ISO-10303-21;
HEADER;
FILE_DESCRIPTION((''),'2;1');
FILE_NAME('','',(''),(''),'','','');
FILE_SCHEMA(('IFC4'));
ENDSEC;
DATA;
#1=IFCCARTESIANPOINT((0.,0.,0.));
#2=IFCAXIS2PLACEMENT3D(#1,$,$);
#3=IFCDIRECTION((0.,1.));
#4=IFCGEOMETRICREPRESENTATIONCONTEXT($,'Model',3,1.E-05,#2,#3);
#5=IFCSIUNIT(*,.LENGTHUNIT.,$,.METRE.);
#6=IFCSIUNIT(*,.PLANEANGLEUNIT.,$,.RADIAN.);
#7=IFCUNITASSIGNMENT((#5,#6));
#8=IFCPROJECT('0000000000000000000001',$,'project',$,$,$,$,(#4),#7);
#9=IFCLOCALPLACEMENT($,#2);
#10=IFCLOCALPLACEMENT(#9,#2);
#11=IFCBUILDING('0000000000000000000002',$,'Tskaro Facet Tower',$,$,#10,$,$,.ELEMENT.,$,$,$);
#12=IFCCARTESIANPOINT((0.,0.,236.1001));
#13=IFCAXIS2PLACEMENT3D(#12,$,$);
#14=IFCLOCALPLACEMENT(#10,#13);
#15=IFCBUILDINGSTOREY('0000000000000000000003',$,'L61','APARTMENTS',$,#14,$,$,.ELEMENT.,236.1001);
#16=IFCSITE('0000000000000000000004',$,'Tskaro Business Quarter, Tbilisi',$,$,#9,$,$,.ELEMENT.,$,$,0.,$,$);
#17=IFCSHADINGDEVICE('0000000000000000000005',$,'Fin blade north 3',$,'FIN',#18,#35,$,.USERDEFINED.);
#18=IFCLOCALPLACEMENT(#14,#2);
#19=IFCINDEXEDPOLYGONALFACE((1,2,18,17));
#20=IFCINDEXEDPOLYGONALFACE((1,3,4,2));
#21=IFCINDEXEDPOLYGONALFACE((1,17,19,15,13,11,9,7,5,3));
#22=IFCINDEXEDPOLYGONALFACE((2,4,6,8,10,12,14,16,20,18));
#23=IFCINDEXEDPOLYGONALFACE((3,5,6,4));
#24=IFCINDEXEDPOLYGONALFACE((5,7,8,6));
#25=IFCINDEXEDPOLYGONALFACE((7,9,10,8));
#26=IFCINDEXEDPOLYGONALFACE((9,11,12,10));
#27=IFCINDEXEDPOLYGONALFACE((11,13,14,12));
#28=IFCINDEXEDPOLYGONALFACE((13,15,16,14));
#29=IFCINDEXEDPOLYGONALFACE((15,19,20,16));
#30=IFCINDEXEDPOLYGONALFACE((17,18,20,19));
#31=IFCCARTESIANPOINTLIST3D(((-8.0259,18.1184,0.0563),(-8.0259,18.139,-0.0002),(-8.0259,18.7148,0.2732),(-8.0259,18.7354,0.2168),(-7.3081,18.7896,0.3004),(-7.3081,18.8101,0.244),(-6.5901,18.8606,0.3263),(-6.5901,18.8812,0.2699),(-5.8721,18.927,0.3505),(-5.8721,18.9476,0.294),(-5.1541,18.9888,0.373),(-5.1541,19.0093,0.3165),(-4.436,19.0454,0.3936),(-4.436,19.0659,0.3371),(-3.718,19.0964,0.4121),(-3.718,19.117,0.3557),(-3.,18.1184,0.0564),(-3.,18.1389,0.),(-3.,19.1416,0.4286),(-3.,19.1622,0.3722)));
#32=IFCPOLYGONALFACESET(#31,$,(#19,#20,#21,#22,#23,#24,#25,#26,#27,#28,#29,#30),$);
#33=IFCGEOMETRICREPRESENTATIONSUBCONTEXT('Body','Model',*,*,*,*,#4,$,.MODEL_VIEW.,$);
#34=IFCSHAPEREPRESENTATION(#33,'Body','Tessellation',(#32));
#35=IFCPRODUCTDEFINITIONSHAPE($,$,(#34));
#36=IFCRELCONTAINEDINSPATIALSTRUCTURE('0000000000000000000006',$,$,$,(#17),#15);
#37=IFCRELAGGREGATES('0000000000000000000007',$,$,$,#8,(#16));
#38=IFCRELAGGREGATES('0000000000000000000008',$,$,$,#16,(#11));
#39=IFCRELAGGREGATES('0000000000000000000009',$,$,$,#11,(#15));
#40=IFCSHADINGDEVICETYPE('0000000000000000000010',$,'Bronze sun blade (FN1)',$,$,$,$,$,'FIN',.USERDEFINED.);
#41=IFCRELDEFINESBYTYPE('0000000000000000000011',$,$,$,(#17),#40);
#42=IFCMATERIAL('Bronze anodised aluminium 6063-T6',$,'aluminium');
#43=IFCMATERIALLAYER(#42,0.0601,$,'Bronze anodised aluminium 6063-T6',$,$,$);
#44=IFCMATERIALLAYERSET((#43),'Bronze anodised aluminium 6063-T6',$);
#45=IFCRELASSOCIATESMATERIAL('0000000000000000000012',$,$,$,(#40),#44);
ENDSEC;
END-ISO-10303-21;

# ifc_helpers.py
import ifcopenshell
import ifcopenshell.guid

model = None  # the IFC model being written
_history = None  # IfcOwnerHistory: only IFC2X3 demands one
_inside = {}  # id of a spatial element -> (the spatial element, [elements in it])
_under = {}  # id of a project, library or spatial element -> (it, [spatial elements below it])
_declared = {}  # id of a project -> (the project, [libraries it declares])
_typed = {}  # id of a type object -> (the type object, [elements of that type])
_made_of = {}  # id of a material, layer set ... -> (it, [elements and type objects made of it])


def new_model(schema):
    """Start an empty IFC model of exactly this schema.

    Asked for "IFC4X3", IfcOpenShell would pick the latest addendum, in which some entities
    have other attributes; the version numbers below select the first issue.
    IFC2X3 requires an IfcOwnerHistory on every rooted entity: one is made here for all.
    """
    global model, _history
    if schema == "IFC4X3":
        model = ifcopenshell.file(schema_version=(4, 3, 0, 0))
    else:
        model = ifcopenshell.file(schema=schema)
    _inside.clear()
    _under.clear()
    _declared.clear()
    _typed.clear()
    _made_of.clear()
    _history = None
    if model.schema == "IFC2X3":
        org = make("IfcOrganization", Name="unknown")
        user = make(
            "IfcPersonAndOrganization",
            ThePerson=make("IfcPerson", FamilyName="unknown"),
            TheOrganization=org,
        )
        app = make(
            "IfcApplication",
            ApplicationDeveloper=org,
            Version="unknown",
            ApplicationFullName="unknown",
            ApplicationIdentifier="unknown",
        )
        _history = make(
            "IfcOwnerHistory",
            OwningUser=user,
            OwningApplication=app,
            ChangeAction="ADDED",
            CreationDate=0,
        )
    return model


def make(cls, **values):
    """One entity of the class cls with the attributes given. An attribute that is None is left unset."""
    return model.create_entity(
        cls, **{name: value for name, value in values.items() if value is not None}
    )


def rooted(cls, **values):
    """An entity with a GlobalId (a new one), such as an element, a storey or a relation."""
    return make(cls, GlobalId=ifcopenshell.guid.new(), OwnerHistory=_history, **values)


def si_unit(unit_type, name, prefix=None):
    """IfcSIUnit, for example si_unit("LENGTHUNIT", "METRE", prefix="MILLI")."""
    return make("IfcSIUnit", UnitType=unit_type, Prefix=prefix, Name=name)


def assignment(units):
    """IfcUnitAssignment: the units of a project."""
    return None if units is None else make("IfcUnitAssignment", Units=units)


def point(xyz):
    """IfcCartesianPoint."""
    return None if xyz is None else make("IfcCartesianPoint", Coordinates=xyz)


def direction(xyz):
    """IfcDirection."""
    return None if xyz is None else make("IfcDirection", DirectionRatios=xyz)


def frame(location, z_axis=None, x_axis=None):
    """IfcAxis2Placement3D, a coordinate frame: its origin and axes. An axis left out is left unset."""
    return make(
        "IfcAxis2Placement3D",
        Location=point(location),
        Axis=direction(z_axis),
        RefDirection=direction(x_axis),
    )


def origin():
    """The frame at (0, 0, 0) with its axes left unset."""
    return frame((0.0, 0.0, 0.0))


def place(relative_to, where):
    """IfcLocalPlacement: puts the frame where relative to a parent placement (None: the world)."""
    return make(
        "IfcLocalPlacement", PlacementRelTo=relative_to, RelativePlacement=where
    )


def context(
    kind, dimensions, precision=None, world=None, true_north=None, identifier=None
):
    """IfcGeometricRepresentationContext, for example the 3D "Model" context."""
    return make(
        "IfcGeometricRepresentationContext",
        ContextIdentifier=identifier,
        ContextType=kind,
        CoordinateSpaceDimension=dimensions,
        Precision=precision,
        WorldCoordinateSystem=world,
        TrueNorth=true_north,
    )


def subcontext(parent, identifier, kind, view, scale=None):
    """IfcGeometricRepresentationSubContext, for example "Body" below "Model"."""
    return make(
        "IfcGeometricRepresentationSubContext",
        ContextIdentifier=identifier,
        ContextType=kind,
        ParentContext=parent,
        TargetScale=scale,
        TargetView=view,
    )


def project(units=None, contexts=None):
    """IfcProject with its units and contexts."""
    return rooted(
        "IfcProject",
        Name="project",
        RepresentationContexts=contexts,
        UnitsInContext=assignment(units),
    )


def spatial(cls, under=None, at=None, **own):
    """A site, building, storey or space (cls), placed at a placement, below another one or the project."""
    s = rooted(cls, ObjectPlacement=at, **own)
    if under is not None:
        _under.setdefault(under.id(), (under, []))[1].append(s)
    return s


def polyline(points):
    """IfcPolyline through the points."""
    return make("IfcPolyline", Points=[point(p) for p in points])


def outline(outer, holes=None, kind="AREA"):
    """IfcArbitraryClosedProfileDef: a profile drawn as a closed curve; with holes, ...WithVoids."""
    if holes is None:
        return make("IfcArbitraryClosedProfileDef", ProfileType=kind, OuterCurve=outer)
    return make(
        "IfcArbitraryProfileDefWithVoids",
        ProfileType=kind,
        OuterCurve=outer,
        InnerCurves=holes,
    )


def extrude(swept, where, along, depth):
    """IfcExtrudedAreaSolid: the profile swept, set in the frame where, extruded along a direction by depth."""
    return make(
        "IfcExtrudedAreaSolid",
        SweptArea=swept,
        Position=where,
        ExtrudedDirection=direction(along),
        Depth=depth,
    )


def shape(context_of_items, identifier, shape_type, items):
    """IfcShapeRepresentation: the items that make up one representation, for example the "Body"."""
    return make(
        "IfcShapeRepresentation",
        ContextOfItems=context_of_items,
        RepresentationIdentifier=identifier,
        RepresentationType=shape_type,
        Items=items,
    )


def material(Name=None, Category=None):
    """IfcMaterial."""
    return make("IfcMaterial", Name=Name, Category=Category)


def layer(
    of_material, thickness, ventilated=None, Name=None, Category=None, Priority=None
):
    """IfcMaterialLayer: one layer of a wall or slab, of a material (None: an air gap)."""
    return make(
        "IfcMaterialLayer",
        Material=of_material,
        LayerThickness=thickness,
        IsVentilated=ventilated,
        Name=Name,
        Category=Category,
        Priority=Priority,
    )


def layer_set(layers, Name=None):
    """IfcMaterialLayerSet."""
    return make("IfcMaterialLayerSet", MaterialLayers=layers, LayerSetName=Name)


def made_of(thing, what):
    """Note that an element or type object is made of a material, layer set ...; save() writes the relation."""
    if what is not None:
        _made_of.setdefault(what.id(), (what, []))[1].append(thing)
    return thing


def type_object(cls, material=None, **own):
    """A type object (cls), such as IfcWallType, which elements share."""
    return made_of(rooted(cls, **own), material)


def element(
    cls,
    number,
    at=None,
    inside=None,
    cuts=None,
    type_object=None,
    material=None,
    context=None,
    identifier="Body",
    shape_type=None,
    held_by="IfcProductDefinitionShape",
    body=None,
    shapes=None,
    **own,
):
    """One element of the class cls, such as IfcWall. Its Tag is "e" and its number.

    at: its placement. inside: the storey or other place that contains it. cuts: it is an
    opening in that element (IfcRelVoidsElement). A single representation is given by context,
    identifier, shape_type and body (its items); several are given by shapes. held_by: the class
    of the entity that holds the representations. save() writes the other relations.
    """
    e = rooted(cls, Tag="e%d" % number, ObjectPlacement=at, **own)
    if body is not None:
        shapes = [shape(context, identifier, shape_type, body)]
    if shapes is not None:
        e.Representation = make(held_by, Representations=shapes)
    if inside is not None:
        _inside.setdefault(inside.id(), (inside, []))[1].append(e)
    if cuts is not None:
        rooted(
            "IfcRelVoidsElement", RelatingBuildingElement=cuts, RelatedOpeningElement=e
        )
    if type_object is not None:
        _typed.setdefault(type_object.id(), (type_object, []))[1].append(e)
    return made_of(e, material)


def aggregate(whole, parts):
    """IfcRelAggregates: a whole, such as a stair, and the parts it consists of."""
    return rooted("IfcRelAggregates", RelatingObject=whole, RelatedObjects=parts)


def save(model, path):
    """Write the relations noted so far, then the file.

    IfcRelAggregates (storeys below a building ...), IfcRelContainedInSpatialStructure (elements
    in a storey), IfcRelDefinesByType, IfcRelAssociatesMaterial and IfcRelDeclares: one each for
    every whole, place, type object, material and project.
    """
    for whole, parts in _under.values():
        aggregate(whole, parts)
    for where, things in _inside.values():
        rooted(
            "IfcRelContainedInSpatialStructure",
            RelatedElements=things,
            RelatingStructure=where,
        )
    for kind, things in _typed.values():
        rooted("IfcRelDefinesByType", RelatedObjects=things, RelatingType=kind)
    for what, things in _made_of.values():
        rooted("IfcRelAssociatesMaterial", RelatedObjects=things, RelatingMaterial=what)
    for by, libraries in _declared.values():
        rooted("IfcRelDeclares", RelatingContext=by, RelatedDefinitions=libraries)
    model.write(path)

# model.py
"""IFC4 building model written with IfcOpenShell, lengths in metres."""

from ifc_helpers import new_model, si_unit, direction, frame, origin, place, context, subcontext, project, spatial, polyline, outline, extrude, material, layer, layer_set, type_object, element, save


model = new_model("IFC4")

# Units and contexts
model_context = context("Model", 3, precision=1e-05, world=origin(), true_north=direction((0.0, 1.0)))
body_context = subcontext(model_context, "Body", "Model", "MODEL_VIEW")
ifc_project = project(units=[si_unit("LENGTHUNIT", "METRE"), si_unit("PLANEANGLEUNIT", "RADIAN")], contexts=[model_context])

# Site, building, storey
site_placement = place(None, origin())
site = spatial("IfcSite", under=ifc_project, at=site_placement, Name="Tskaro Business Quarter, Tbilisi", CompositionType="ELEMENT", RefElevation=0.0)
building_placement = place(site_placement, origin())
building = spatial("IfcBuilding", under=site, at=building_placement, Name="Tskaro Facet Tower", CompositionType="ELEMENT")
storey_placement = place(building_placement, frame((0.0, 0.0, 236.1001)))
storey = spatial("IfcBuildingStorey", under=building, at=storey_placement, Name="L61", Description="APARTMENTS", CompositionType="ELEMENT", Elevation=236.1001)

# Shared definitions
ifc_material_1 = material(Name="Bronze anodised aluminium 6063-T6", Category="aluminium")

# Shading device
ifc_layer_1 = layer(ifc_material_1, 0.0601, Name="Bronze anodised aluminium 6063-T6")
ifc_layer_set_1 = layer_set([ifc_layer_1], Name="Bronze anodised aluminium 6063-T6")
shading_device_type = type_object("IfcShadingDeviceType", Name="Bronze sun blade (FN1)", ElementType="FIN", PredefinedType="USERDEFINED", material=ifc_layer_set_1)
shading_device_1_placement = place(storey_placement, frame((-3.0, 18.1184, 0.0564), z_axis=(-0.000024, -0.341849, 0.939755), x_axis=(-1.0, 0.000008, -0.000023)))
element("IfcShadingDevice", 1, at=shading_device_1_placement, inside=storey, type_object=shading_device_type, Name="Fin blade north 3", ObjectType="FIN", PredefinedType="USERDEFINED", context=body_context, shape_type="SweptSolid", body=[
    extrude(outline(polyline([(0.0, 0.0), (5.0259, 0.0), (5.0259, -0.6346), (4.3081, -0.7142), (3.5901, -0.7898), (2.8721, -0.8604), (2.1541, -0.9262), (1.436, -0.9864), (0.718, -1.0407), (0.0, -1.0888), (0.0, 0.0)])), origin(), (0.0, 0.0, -1.0), 0.0601),
])

save(model, "model.ifc")
